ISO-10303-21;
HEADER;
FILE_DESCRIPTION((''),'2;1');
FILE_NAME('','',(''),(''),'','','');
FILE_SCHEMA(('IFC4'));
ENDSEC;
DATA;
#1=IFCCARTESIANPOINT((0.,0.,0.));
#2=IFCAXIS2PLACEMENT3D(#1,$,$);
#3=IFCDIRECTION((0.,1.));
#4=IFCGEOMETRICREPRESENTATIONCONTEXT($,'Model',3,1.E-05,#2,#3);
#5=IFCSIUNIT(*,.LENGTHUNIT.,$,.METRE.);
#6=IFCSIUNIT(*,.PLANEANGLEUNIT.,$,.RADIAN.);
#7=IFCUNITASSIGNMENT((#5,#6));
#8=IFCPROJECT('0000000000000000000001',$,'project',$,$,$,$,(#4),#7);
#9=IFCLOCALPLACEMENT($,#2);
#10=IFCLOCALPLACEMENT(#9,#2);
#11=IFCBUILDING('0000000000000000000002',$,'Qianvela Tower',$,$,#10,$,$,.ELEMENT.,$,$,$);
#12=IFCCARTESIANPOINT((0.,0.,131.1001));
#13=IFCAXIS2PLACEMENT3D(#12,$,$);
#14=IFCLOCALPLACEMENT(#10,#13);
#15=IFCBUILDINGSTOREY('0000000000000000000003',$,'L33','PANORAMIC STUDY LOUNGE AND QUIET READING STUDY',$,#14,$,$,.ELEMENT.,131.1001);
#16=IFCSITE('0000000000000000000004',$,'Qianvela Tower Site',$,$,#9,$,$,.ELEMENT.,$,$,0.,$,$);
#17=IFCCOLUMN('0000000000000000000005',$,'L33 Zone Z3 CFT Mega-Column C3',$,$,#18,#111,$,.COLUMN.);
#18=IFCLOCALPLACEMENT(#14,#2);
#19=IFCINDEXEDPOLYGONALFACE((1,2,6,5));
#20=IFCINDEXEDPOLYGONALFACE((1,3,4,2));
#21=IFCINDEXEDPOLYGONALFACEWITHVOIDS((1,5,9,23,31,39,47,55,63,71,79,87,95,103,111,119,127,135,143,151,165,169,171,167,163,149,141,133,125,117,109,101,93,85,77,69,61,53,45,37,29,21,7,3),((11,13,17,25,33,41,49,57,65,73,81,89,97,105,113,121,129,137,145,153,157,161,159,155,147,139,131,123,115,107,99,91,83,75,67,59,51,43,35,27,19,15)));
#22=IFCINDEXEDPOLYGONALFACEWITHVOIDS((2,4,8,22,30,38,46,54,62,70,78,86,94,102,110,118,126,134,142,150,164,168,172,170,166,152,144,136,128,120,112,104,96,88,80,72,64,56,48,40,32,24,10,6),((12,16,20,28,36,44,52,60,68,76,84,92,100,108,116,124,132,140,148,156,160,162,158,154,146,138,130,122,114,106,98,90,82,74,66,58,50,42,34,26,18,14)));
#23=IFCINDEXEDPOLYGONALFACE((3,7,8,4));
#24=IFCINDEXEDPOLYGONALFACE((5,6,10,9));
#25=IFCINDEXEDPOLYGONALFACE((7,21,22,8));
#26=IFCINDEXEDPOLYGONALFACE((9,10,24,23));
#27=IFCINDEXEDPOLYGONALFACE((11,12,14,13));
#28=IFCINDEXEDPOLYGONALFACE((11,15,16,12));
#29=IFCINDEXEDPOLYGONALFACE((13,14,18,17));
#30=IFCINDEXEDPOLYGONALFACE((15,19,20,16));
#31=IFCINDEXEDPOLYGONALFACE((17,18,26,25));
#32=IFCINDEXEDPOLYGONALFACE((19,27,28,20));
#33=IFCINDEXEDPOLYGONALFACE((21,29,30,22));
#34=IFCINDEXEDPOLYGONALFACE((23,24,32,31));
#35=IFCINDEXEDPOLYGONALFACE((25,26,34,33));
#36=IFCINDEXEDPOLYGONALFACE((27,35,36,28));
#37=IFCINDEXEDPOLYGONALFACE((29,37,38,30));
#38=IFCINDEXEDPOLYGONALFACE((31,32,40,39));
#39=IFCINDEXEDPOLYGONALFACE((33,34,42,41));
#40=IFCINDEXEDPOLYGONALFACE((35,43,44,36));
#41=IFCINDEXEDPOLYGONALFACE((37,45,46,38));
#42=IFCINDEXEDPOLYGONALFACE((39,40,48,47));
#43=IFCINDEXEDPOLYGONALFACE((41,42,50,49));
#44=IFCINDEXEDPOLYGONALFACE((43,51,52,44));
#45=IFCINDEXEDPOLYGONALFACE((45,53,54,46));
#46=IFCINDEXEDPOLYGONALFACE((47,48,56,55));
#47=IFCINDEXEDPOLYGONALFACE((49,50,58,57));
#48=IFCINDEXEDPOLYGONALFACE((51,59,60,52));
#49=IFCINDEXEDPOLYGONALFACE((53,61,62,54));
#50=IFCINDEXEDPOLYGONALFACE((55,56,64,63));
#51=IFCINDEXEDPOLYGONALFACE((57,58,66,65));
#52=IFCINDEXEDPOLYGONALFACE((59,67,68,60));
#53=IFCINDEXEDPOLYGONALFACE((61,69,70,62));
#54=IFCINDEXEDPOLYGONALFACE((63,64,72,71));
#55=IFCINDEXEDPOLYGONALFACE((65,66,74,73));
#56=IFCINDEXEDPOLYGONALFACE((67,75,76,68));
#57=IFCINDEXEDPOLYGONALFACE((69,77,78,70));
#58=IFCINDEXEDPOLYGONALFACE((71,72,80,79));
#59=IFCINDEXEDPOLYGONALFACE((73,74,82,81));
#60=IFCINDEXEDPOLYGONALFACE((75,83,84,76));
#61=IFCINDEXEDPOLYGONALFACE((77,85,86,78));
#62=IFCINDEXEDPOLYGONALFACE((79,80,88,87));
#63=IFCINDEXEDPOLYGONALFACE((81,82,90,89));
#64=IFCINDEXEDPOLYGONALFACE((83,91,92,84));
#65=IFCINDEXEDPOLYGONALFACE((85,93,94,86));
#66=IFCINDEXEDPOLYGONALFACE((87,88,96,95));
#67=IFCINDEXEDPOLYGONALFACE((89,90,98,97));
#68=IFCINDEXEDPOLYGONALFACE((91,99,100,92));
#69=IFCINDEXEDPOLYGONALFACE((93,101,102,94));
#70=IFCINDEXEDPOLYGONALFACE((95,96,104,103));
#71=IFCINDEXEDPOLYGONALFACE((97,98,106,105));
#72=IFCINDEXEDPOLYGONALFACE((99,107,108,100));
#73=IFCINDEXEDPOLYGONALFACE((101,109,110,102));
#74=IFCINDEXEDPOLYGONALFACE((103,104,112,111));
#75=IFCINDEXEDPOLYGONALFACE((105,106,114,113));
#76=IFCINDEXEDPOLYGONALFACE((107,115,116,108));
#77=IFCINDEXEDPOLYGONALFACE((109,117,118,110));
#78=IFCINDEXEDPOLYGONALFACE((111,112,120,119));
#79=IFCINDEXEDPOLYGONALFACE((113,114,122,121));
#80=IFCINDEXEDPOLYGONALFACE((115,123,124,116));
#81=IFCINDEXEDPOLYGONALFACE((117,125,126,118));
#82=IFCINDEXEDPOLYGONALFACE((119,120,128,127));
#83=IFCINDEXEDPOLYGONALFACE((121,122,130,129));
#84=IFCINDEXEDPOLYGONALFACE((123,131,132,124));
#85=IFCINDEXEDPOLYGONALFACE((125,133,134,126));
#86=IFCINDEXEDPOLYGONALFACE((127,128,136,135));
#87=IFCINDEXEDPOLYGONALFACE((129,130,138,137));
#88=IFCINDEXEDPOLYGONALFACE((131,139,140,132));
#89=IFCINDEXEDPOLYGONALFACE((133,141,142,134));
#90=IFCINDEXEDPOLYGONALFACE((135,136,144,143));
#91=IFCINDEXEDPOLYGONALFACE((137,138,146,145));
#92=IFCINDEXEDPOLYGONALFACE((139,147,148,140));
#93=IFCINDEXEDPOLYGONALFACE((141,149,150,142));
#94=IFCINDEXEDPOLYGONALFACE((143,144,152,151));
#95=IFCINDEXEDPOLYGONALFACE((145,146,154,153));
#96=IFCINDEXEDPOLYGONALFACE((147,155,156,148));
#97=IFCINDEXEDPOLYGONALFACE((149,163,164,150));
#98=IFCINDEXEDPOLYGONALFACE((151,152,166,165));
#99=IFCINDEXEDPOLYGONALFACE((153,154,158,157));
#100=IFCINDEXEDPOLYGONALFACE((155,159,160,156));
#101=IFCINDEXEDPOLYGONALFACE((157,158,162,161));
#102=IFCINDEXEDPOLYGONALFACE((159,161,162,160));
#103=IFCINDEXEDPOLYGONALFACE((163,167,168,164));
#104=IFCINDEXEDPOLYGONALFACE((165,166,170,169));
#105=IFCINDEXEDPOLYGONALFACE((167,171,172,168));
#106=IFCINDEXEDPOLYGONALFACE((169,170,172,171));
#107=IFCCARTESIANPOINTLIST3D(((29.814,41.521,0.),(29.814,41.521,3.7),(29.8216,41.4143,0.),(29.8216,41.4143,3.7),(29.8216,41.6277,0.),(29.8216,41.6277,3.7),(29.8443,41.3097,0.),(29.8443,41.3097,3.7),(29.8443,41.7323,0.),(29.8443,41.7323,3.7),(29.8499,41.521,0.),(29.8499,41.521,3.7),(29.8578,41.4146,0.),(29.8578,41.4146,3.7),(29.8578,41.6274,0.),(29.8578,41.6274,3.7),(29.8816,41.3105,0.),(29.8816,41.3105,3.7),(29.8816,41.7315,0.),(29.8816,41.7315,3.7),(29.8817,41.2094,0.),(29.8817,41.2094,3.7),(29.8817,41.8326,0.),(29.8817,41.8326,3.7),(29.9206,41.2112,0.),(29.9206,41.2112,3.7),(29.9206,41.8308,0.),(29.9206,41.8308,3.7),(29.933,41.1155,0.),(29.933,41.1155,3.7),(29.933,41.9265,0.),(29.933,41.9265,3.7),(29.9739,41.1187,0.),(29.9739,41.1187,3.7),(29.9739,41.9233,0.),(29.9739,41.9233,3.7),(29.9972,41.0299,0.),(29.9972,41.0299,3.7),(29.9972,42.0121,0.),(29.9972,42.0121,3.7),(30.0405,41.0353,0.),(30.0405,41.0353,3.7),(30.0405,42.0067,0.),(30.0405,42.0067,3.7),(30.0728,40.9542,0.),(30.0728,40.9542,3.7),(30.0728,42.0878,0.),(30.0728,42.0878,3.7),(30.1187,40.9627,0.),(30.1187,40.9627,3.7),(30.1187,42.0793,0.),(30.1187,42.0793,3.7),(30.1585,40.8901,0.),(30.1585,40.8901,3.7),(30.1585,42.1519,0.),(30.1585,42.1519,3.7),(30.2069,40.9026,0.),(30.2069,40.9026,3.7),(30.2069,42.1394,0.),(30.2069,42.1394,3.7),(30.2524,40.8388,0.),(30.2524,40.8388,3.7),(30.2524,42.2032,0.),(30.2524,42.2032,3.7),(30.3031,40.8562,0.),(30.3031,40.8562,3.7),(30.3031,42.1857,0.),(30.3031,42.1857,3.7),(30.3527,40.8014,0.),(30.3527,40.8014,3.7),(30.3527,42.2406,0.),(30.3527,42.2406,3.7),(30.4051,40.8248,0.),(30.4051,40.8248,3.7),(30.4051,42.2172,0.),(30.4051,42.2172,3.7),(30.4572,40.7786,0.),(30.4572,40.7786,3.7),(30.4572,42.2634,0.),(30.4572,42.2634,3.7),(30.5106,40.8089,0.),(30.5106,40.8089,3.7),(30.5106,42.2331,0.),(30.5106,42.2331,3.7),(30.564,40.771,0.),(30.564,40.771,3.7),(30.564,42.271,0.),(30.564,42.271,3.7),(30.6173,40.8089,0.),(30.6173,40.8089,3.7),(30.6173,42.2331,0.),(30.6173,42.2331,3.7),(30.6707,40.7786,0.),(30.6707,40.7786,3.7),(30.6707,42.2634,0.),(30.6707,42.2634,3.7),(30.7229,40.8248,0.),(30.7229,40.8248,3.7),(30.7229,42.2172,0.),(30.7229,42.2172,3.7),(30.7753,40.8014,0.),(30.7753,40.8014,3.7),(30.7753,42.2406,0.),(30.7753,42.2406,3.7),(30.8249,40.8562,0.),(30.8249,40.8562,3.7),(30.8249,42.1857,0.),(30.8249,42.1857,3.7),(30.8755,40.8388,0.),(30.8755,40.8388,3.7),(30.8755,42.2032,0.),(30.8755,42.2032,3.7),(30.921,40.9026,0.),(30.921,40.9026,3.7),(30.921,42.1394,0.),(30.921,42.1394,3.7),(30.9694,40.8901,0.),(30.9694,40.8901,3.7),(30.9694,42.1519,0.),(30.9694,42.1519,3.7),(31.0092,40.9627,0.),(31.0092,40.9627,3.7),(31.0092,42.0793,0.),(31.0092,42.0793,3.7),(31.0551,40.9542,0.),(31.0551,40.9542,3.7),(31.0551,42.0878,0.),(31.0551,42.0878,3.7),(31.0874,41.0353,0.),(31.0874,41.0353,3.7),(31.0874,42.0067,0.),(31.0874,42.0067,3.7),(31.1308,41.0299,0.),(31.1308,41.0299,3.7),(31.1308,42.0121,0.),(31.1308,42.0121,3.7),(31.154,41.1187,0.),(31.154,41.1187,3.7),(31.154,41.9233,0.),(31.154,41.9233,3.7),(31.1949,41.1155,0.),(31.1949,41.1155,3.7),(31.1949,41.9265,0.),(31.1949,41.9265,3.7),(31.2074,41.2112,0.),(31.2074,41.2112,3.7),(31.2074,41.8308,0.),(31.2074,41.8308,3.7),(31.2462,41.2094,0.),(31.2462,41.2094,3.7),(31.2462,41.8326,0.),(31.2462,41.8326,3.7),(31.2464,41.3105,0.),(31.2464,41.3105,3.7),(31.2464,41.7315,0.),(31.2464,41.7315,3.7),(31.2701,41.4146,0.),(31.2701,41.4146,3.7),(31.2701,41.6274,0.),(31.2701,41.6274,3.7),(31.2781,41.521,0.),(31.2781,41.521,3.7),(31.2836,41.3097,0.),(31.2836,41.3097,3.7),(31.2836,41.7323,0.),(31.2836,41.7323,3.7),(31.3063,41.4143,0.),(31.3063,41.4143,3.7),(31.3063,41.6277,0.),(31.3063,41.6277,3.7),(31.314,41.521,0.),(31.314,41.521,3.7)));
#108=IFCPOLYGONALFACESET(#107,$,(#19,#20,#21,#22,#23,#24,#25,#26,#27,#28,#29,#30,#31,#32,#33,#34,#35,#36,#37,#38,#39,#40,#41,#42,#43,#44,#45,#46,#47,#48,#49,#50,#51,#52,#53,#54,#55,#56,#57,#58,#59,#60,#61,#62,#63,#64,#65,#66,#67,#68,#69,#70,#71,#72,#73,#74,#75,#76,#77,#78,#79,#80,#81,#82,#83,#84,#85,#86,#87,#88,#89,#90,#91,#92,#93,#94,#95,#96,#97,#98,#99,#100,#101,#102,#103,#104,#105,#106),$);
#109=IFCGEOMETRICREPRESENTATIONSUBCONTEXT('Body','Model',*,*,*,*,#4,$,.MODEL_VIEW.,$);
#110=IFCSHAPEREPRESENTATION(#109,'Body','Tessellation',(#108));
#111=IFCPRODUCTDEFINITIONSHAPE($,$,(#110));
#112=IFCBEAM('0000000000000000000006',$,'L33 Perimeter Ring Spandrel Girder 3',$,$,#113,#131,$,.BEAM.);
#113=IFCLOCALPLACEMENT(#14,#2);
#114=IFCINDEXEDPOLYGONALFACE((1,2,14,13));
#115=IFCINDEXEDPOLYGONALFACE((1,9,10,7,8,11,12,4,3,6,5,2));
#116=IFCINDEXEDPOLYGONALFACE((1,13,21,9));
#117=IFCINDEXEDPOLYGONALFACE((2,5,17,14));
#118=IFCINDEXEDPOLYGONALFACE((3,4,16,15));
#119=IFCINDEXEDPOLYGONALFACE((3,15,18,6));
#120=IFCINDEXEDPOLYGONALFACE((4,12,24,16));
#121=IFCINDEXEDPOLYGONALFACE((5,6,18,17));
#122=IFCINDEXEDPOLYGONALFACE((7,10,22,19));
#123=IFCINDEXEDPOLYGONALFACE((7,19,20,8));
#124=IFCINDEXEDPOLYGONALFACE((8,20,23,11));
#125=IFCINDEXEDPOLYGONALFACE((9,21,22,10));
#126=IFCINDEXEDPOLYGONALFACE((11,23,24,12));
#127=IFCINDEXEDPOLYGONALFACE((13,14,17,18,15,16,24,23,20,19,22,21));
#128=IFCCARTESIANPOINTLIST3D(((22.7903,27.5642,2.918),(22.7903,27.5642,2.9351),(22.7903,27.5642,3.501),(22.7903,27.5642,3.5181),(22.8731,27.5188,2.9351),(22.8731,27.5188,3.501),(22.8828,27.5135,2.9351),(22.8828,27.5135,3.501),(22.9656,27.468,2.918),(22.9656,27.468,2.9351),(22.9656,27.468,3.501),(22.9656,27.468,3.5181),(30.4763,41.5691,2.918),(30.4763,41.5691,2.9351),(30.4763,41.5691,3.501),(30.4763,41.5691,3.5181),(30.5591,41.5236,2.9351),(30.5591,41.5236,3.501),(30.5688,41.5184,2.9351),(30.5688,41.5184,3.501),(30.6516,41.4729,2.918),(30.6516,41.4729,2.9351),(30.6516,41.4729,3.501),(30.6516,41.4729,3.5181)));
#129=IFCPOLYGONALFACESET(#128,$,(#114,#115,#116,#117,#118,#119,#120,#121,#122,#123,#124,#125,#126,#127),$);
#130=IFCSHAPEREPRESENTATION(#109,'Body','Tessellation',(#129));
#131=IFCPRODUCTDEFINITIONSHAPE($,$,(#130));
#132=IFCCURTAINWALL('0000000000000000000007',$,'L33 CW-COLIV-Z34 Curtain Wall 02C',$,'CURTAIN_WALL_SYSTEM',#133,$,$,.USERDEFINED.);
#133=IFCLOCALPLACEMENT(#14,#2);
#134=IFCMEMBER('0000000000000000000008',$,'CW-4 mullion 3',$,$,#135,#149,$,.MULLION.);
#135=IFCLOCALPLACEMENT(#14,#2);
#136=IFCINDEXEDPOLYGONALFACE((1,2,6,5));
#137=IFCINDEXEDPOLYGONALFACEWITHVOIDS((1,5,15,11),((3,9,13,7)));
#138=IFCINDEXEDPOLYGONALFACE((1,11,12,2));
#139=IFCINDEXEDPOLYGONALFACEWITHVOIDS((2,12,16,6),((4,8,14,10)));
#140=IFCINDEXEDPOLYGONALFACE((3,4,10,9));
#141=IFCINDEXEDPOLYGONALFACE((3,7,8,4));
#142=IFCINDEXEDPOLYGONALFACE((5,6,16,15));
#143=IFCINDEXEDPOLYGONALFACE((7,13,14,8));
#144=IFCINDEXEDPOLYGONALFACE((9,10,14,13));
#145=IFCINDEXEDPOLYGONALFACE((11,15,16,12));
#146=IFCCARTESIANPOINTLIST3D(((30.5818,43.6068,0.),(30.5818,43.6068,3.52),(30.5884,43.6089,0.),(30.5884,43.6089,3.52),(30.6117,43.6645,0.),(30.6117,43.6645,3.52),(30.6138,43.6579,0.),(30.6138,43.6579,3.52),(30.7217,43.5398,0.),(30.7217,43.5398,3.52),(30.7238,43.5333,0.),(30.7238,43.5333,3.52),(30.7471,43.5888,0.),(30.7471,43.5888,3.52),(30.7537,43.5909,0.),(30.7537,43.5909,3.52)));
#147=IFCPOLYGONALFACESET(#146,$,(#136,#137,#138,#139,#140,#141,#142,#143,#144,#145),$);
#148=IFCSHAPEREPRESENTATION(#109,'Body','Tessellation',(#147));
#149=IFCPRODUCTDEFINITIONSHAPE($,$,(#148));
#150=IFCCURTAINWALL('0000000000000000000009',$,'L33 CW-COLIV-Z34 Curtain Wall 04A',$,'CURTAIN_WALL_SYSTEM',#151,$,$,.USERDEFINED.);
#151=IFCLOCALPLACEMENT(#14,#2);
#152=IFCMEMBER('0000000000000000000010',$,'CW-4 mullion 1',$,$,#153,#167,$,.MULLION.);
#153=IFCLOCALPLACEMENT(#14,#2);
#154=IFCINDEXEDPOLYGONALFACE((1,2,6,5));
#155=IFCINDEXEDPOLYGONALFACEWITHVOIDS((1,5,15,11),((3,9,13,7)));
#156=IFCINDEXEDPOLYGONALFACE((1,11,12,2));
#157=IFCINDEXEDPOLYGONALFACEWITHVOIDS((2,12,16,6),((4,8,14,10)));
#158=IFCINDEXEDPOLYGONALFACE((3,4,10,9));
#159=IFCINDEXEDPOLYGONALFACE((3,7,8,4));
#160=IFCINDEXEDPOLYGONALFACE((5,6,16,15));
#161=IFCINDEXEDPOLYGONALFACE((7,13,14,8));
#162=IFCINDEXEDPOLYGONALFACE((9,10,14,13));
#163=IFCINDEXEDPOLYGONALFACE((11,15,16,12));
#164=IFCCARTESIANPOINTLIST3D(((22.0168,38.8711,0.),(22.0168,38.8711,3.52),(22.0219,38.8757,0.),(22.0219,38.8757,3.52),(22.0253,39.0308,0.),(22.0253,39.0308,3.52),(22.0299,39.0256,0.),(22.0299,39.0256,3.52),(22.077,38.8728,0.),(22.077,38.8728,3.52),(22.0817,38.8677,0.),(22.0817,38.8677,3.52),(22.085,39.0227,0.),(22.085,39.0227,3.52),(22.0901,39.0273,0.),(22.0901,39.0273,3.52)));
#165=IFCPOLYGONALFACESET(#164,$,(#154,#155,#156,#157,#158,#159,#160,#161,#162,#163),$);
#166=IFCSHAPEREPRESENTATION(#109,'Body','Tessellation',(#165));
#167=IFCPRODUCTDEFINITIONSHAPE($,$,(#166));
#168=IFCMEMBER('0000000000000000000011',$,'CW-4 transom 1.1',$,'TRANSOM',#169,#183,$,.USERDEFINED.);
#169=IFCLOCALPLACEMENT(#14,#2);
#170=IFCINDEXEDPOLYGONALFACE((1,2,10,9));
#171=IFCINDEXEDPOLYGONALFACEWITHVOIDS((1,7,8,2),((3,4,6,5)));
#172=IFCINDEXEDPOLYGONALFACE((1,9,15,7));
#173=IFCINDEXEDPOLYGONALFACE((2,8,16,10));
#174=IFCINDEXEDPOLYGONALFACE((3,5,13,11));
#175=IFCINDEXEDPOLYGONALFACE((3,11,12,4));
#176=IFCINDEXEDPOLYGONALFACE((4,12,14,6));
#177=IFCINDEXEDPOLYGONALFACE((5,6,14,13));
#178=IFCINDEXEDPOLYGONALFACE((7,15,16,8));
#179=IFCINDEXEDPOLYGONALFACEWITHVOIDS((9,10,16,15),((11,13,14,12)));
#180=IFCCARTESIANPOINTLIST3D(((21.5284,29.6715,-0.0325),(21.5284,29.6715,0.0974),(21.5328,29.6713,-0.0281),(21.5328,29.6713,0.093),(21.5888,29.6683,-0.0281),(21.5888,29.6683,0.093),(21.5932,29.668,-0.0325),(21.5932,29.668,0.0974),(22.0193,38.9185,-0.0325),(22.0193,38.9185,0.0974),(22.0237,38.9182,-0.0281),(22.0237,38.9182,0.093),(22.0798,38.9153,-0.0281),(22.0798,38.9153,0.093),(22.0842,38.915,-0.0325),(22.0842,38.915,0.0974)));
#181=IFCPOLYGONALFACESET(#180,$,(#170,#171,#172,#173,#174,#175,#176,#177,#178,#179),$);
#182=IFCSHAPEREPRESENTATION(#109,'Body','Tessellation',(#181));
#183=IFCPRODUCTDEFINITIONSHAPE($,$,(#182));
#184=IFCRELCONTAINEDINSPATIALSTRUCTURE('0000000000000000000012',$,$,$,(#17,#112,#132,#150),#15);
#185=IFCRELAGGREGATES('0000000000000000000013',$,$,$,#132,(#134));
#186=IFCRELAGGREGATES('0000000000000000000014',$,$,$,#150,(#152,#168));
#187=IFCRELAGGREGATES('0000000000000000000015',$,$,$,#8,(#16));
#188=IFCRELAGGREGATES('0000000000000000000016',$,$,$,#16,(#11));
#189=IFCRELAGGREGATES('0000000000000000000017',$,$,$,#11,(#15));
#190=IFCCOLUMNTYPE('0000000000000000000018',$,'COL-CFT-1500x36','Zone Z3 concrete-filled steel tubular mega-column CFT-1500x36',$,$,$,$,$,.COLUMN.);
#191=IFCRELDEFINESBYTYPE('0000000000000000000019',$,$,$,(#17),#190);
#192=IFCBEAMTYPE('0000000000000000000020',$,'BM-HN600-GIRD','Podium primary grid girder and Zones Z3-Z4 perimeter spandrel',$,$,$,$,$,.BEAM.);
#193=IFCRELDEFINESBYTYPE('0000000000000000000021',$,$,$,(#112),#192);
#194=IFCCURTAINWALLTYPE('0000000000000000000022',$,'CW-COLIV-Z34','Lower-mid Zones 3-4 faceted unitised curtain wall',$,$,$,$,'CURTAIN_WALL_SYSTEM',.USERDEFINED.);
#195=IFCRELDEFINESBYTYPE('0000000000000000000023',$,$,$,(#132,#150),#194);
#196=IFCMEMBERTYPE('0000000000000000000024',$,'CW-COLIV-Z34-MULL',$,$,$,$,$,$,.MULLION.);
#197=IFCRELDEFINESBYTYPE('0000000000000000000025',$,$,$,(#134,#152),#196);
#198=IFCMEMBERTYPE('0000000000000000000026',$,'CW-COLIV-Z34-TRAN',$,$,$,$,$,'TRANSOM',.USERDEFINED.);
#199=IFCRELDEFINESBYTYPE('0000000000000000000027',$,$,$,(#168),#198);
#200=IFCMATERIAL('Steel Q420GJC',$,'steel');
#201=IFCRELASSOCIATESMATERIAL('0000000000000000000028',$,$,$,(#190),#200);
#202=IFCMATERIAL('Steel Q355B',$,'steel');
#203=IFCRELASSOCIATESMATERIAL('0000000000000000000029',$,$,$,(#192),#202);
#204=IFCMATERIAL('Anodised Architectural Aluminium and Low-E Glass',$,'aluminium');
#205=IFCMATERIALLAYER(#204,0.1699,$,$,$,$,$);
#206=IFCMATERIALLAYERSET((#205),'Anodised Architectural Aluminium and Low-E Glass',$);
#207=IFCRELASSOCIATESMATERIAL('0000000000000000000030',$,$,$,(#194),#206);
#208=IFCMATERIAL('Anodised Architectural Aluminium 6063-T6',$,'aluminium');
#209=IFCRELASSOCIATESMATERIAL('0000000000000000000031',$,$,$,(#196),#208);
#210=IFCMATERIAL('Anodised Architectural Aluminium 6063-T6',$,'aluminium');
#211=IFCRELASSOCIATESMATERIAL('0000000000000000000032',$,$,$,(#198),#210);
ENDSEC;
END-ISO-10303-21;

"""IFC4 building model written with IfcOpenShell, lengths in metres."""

from ifc_helpers import new_model, si_unit, direction, frame, origin, origin_2d, place, context, subcontext, project, spatial, hollow_rectangle, hollow_circle, i_section, extrude, material, layer, layer_set, material_profile, profile_set, type_object, element, aggregate, save


model = new_model("IFC4")

# Units and contexts
model_context = context("Model", 3, precision=1e-05, world=origin(), true_north=direction((0.0, 1.0)))
body_context = subcontext(model_context, "Body", "Model", "MODEL_VIEW")
ifc_project = project(units=[si_unit("LENGTHUNIT", "METRE"), si_unit("PLANEANGLEUNIT", "RADIAN")], contexts=[model_context])

# Site, building, storey
site_placement = place(None, origin())
site = spatial("IfcSite", under=ifc_project, at=site_placement, Name="Qianvela Tower Site", CompositionType="ELEMENT", RefElevation=0.0)
building_placement = place(site_placement, origin())
building = spatial("IfcBuilding", under=site, at=building_placement, Name="Qianvela Tower", CompositionType="ELEMENT")
storey_placement = place(building_placement, frame((0.0, 0.0, 131.1001)))
storey = spatial("IfcBuildingStorey", under=building, at=storey_placement, Name="L33", Description="PANORAMIC STUDY LOUNGE AND QUIET READING STUDY", CompositionType="ELEMENT", Elevation=131.1001)

# Column
ifc_material_1 = material(Name="Steel Q420GJC", Category="steel")
ifc_material_profile_1 = material_profile(ifc_material_1, hollow_circle(Radius=0.75, WallThickness=0.0359, at=origin_2d()), Name="CFT-1500x36")
ifc_profile_set_1 = profile_set([ifc_material_profile_1], Name="Steel Q420GJC")
column_type = type_object("IfcColumnType", Name="COL-CFT-1500x36", Description="Zone Z3 concrete-filled steel tubular mega-column CFT-1500x36", PredefinedType="COLUMN", material=ifc_profile_set_1)
column_placement = place(storey_placement, frame((30.564, 41.521, 0.0), z_axis=(0.0, 0.0, 1.0), x_axis=(1.0, 0.0, 0.0)))
element("IfcColumn", 1, at=column_placement, inside=storey, type_object=column_type, Name="L33 Zone Z3 CFT Mega-Column C3", PredefinedType="COLUMN", context=body_context, shape_type="SweptSolid", body=[
    extrude(hollow_circle(Radius=0.75, WallThickness=0.0359, at=origin_2d()), origin(), (0.0, 0.0, 1.0), 3.7),
])

# Beam
ifc_material_2 = material(Name="Steel Q355B", Category="steel")
ifc_material_profile_2 = material_profile(ifc_material_2, i_section(OverallWidth=0.2, OverallDepth=0.6001, WebThickness=0.011, FlangeThickness=0.0171, at=origin_2d()), Name="HN600x200x11x17")
ifc_profile_set_2 = profile_set([ifc_material_profile_2], Name="Steel Q355B")
beam_type = type_object("IfcBeamType", Name="BM-HN600-GIRD", Description="Podium primary grid girder and Zones Z3-Z4 perimeter spandrel", PredefinedType="BEAM", material=ifc_profile_set_2)
beam_placement = place(storey_placement, frame((30.564, 41.521, 3.218), z_axis=(-0.481118, -0.876656, 0.0), x_axis=(0.876656, -0.481118, 0.0)))
element("IfcBeam", 2, at=beam_placement, inside=storey, type_object=beam_type, Name="L33 Perimeter Ring Spandrel Girder 3", PredefinedType="BEAM", context=body_context, shape_type="SweptSolid", body=[
    extrude(i_section(OverallWidth=0.2, OverallDepth=0.6001, WebThickness=0.011, FlangeThickness=0.0171, at=origin_2d()), origin(), (0.0, 0.0, 1.0), 15.9753),
])

# Curtain wall, member
ifc_material_3 = material(Name="Anodised Architectural Aluminium and Low-E Glass", Category="aluminium")
ifc_layer_1 = layer(ifc_material_3, 0.1699)
ifc_layer_set_1 = layer_set([ifc_layer_1], Name="Anodised Architectural Aluminium and Low-E Glass")
curtain_wall_type = type_object("IfcCurtainWallType", Name="CW-COLIV-Z34", Description="Lower-mid Zones 3-4 faceted unitised curtain wall", ElementType="CURTAIN_WALL_SYSTEM", PredefinedType="USERDEFINED", material=ifc_layer_set_1)
curtain_wall_1_placement = place(storey_placement, origin())
curtain_wall_1 = element("IfcCurtainWall", 3, at=curtain_wall_1_placement, inside=storey, type_object=curtain_wall_type, Name="L33 CW-COLIV-Z34 Curtain Wall 02C", ObjectType="CURTAIN_WALL_SYSTEM", PredefinedType="USERDEFINED")
ifc_material_4 = material(Name="Anodised Architectural Aluminium 6063-T6", Category="aluminium")
ifc_material_profile_3 = material_profile(ifc_material_4, hollow_rectangle(XDim=0.0649, YDim=0.1599, WallThickness=0.0049, at=origin_2d()), Name="ALU-MULL-65x160")
ifc_profile_set_3 = profile_set([ifc_material_profile_3], Name="Anodised Architectural Aluminium 6063-T6")
member_type_1 = type_object("IfcMemberType", Name="CW-COLIV-Z34-MULL", PredefinedType="MULLION", material=ifc_profile_set_3)
member_1_placement = place(storey_placement, frame((30.6677, 43.5989, 0.0), z_axis=(0.0, 0.0, 1.0), x_axis=(-0.460094, -0.88787, 0.0)))
member_1 = element("IfcMember", 4, at=member_1_placement, type_object=member_type_1, Name="CW-4 mullion 3", PredefinedType="MULLION", context=body_context, shape_type="SweptSolid", body=[
    extrude(hollow_rectangle(XDim=0.0649, YDim=0.1599, WallThickness=0.0049, at=origin_2d()), origin(), (0.0, 0.0, 1.0), 3.52),
])
aggregate(curtain_wall_1, [member_1])

# Curtain wall, members
curtain_wall_2_placement = place(storey_placement, origin())
curtain_wall_2 = element("IfcCurtainWall", 5, at=curtain_wall_2_placement, inside=storey, type_object=curtain_wall_type, Name="L33 CW-COLIV-Z34 Curtain Wall 04A", ObjectType="CURTAIN_WALL_SYSTEM", PredefinedType="USERDEFINED")
member_2_placement = place(storey_placement, frame((22.0535, 38.9492, 0.0), z_axis=(0.0, 0.0, 1.0), x_axis=(0.998593, -0.053024, 0.0)))
member_2 = element("IfcMember", 6, at=member_2_placement, type_object=member_type_1, Name="CW-4 mullion 1", PredefinedType="MULLION", context=body_context, shape_type="SweptSolid", body=[
    extrude(hollow_rectangle(XDim=0.0649, YDim=0.1599, WallThickness=0.0049, at=origin_2d()), origin(), (0.0, 0.0, 1.0), 3.52),
])
ifc_material_5 = material(Name="Anodised Architectural Aluminium 6063-T6", Category="aluminium")
ifc_material_profile_4 = material_profile(ifc_material_5, hollow_rectangle(XDim=0.0649, YDim=0.1299, WallThickness=0.0044, at=origin_2d()), Name="ALU-TRAN-65x130")
ifc_profile_set_4 = profile_set([ifc_material_profile_4], Name="Anodised Architectural Aluminium 6063-T6")
member_type_2 = type_object("IfcMemberType", Name="CW-COLIV-Z34-TRAN", ElementType="TRANSOM", PredefinedType="USERDEFINED", material=ifc_profile_set_4)
member_3_placement = place(storey_placement, frame((22.0518, 38.9167, 0.0325), z_axis=(-0.05302, -0.998593, 0.0), x_axis=(0.998593, -0.05302, 0.0)))
member_3 = element("IfcMember", 7, at=member_3_placement, type_object=member_type_2, Name="CW-4 transom 1.1", ObjectType="TRANSOM", PredefinedType="USERDEFINED", context=body_context, shape_type="SweptSolid", body=[
    extrude(hollow_rectangle(XDim=0.0649, YDim=0.1299, WallThickness=0.0044, at=origin_2d()), origin(), (0.0, 0.0, 1.0), 9.26),
])
aggregate(curtain_wall_2, [member_2, member_3])

save(model, "model.ifc")
